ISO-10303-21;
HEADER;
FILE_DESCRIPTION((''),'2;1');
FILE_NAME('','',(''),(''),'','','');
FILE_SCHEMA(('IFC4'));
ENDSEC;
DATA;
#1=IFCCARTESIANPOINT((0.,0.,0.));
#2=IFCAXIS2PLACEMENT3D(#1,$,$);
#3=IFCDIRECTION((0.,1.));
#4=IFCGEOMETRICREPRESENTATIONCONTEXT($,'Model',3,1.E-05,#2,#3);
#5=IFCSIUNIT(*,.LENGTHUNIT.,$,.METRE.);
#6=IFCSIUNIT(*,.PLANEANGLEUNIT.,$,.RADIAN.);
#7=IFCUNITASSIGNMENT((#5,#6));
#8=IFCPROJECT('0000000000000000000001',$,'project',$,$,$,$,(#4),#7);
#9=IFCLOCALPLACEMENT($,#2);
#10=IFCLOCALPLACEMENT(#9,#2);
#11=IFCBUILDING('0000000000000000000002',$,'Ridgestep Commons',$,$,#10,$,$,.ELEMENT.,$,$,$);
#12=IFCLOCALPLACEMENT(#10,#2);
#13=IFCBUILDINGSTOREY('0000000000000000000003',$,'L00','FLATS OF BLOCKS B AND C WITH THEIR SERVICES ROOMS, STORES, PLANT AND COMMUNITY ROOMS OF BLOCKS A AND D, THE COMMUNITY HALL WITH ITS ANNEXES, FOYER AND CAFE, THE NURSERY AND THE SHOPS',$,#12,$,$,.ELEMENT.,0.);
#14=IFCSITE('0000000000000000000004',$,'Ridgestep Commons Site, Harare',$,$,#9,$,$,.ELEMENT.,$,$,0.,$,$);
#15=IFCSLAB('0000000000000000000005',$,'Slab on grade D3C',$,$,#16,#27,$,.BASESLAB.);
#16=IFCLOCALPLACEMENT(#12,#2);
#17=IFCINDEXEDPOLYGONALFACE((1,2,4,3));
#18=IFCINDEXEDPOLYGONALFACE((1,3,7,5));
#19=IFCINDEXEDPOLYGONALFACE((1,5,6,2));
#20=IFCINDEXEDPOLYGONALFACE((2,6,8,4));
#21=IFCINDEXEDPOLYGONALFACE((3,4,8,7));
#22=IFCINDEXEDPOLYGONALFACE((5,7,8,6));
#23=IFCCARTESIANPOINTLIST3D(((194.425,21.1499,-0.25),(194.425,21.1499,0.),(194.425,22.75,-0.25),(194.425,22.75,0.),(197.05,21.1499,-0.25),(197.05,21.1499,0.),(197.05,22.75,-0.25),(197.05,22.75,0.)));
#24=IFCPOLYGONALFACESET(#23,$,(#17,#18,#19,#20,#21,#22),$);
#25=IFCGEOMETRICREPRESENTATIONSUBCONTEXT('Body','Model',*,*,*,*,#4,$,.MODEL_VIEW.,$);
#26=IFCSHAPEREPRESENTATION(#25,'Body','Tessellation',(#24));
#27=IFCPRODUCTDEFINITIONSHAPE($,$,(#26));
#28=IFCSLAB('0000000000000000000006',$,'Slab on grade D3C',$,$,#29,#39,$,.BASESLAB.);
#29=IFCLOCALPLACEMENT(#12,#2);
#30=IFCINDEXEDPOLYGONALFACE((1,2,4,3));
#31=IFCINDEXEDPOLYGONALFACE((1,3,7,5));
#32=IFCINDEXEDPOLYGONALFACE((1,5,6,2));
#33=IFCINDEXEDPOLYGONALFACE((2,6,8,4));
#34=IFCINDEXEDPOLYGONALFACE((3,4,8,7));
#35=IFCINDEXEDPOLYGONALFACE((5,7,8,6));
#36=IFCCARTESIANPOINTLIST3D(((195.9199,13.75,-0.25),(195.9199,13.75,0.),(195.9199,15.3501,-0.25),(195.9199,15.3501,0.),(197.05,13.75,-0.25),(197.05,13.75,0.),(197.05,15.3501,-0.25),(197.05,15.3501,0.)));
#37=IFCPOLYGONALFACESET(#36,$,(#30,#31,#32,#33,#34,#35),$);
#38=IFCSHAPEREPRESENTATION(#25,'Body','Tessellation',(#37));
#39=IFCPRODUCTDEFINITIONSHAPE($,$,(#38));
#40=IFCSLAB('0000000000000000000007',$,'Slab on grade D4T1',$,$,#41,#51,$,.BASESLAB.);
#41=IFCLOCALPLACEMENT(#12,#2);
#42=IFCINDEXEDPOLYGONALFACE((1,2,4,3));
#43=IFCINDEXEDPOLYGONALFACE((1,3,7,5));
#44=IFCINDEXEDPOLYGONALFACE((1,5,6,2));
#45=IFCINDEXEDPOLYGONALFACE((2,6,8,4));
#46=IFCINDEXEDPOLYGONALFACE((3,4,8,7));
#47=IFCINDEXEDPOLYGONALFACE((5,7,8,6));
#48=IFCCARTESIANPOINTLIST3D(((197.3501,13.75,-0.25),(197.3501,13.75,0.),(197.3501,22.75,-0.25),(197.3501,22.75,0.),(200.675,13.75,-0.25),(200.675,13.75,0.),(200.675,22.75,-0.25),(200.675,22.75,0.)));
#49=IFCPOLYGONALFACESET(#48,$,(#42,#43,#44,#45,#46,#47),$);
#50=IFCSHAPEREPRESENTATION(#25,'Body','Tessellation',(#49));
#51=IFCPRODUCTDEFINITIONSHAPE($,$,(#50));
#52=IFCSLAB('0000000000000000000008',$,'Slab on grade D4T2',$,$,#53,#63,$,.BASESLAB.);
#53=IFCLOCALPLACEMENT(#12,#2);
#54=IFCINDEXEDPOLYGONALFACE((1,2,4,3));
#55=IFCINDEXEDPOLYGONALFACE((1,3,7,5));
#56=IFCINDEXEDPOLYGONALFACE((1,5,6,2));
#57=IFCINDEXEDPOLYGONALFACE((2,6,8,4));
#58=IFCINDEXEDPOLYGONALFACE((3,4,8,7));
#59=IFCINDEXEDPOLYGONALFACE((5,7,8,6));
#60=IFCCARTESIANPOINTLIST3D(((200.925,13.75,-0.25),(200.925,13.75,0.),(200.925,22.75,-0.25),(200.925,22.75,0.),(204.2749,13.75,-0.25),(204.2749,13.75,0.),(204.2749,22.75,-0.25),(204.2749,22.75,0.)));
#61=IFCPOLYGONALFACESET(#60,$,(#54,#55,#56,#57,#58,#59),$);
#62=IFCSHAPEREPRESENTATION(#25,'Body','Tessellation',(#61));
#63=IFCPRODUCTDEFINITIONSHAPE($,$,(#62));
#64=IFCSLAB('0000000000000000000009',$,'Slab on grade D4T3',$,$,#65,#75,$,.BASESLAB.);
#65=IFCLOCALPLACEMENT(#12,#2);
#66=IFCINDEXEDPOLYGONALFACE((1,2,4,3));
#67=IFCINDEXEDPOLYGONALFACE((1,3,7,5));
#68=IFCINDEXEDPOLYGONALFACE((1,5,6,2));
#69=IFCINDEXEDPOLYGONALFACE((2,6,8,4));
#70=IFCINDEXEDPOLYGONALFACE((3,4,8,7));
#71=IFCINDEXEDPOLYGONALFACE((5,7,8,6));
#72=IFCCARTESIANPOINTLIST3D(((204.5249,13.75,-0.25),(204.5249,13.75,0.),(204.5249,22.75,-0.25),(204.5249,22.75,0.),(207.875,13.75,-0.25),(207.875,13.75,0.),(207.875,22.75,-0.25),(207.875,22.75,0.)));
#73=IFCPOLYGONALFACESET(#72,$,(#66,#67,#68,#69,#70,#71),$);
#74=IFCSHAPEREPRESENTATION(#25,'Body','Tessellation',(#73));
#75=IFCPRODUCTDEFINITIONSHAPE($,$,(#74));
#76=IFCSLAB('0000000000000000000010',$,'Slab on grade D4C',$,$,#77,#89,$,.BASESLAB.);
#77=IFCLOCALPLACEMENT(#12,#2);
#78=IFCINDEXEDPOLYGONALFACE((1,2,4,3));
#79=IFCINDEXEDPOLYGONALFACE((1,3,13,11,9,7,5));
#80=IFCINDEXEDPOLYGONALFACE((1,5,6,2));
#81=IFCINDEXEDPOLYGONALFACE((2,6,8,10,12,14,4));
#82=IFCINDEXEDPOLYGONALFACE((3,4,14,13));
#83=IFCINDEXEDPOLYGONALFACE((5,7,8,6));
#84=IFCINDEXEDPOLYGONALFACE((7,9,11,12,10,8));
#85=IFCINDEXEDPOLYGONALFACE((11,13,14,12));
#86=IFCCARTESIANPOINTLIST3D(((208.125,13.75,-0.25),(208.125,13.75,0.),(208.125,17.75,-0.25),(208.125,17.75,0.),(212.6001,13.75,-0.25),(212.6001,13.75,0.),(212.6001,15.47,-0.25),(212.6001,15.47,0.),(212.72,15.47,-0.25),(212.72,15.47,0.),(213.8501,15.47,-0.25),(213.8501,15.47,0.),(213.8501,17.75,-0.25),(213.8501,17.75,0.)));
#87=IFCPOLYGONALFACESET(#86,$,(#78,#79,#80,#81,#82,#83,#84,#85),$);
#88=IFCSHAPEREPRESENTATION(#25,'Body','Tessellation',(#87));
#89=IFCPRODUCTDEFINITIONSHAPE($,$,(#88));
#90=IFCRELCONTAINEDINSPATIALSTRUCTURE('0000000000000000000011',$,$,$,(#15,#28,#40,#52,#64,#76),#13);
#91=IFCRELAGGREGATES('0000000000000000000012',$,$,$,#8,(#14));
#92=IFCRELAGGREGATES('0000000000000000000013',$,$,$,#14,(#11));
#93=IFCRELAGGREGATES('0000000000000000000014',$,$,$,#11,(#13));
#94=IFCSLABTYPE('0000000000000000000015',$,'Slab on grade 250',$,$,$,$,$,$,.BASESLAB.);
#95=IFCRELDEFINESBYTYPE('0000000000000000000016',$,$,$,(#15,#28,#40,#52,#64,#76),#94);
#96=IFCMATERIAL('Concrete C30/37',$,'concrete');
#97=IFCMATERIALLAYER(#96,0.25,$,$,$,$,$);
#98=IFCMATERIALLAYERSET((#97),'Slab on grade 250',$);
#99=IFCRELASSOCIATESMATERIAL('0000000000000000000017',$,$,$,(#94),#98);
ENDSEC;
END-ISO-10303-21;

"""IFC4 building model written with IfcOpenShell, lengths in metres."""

from ifc_helpers import new_model, si_unit, direction, frame, origin, place, context, subcontext, project, spatial, polyline, outline, extrude, material, layer, layer_set, type_object, element, save


model = new_model("IFC4")

# Units and contexts
model_context = context("Model", 3, precision=1e-05, world=origin(), true_north=direction((0.0, 1.0)))
body_context = subcontext(model_context, "Body", "Model", "MODEL_VIEW")
ifc_project = project(units=[si_unit("LENGTHUNIT", "METRE"), si_unit("PLANEANGLEUNIT", "RADIAN")], contexts=[model_context])

# Site, building, storey
site_placement = place(None, origin())
site = spatial("IfcSite", under=ifc_project, at=site_placement, Name="Ridgestep Commons Site, Harare", CompositionType="ELEMENT", RefElevation=0.0)
building_placement = place(site_placement, origin())
building = spatial("IfcBuilding", under=site, at=building_placement, Name="Ridgestep Commons", CompositionType="ELEMENT")
storey_placement = place(building_placement, origin())
storey = spatial("IfcBuildingStorey", under=building, at=storey_placement, Name="L00", Description="FLATS OF BLOCKS B AND C WITH THEIR SERVICES ROOMS, STORES, PLANT AND COMMUNITY ROOMS OF BLOCKS A AND D, THE COMMUNITY HALL WITH ITS ANNEXES, FOYER AND CAFE, THE NURSERY AND THE SHOPS", CompositionType="ELEMENT", Elevation=0.0)

# Slabs
ifc_material = material(Name="Concrete C30/37", Category="concrete")
ifc_layer = layer(ifc_material, 0.25)
ifc_layer_set = layer_set([ifc_layer], Name="Slab on grade 250")
slab_type = type_object("IfcSlabType", Name="Slab on grade 250", PredefinedType="BASESLAB", material=ifc_layer_set)
slab_1_placement = place(storey_placement, frame((0.0, 0.0, -0.25)))
element("IfcSlab", 1, at=slab_1_placement, inside=storey, type_object=slab_type, Name="Slab on grade D3C", PredefinedType="BASESLAB", context=body_context, shape_type="SweptSolid", body=[
    extrude(outline(polyline([(197.05, 21.1499), (197.05, 22.75), (194.425, 22.75), (194.425, 21.1499), (197.05, 21.1499)])), origin(), (0.0, 0.0, 1.0), 0.25),
])
slab_2_placement = place(storey_placement, frame((0.0, 0.0, -0.25)))
element("IfcSlab", 2, at=slab_2_placement, inside=storey, type_object=slab_type, Name="Slab on grade D3C", PredefinedType="BASESLAB", context=body_context, shape_type="SweptSolid", body=[
    extrude(outline(polyline([(195.9199, 13.75), (197.05, 13.75), (197.05, 15.3501), (195.9199, 15.3501), (195.9199, 13.75)])), origin(), (0.0, 0.0, 1.0), 0.25),
])
slab_3_placement = place(storey_placement, frame((0.0, 0.0, -0.25)))
element("IfcSlab", 3, at=slab_3_placement, inside=storey, type_object=slab_type, Name="Slab on grade D4T1", PredefinedType="BASESLAB", context=body_context, shape_type="SweptSolid", body=[
    extrude(outline(polyline([(200.675, 13.75), (200.675, 22.75), (197.3501, 22.75), (197.3501, 13.75), (200.675, 13.75)])), origin(), (0.0, 0.0, 1.0), 0.25),
])
slab_4_placement = place(storey_placement, frame((0.0, 0.0, -0.25)))
element("IfcSlab", 4, at=slab_4_placement, inside=storey, type_object=slab_type, Name="Slab on grade D4T2", PredefinedType="BASESLAB", context=body_context, shape_type="SweptSolid", body=[
    extrude(outline(polyline([(204.2749, 13.75), (204.2749, 22.75), (200.925, 22.75), (200.925, 13.75), (204.2749, 13.75)])), origin(), (0.0, 0.0, 1.0), 0.25),
])
slab_5_placement = place(storey_placement, frame((0.0, 0.0, -0.25)))
element("IfcSlab", 5, at=slab_5_placement, inside=storey, type_object=slab_type, Name="Slab on grade D4T3", PredefinedType="BASESLAB", context=body_context, shape_type="SweptSolid", body=[
    extrude(outline(polyline([(207.875, 13.75), (207.875, 22.75), (204.5249, 22.75), (204.5249, 13.75), (207.875, 13.75)])), origin(), (0.0, 0.0, 1.0), 0.25),
])
slab_6_placement = place(storey_placement, frame((0.0, 0.0, -0.25)))
element("IfcSlab", 6, at=slab_6_placement, inside=storey, type_object=slab_type, Name="Slab on grade D4C", PredefinedType="BASESLAB", context=body_context, shape_type="SweptSolid", body=[
    extrude(outline(polyline([(212.72, 15.47), (213.8501, 15.47), (213.8501, 17.75), (208.125, 17.75), (208.125, 13.75), (212.6001, 13.75), (212.6001, 15.47), (212.72, 15.47)])), origin(), (0.0, 0.0, 1.0), 0.25),
])

save(model, "model.ifc")
